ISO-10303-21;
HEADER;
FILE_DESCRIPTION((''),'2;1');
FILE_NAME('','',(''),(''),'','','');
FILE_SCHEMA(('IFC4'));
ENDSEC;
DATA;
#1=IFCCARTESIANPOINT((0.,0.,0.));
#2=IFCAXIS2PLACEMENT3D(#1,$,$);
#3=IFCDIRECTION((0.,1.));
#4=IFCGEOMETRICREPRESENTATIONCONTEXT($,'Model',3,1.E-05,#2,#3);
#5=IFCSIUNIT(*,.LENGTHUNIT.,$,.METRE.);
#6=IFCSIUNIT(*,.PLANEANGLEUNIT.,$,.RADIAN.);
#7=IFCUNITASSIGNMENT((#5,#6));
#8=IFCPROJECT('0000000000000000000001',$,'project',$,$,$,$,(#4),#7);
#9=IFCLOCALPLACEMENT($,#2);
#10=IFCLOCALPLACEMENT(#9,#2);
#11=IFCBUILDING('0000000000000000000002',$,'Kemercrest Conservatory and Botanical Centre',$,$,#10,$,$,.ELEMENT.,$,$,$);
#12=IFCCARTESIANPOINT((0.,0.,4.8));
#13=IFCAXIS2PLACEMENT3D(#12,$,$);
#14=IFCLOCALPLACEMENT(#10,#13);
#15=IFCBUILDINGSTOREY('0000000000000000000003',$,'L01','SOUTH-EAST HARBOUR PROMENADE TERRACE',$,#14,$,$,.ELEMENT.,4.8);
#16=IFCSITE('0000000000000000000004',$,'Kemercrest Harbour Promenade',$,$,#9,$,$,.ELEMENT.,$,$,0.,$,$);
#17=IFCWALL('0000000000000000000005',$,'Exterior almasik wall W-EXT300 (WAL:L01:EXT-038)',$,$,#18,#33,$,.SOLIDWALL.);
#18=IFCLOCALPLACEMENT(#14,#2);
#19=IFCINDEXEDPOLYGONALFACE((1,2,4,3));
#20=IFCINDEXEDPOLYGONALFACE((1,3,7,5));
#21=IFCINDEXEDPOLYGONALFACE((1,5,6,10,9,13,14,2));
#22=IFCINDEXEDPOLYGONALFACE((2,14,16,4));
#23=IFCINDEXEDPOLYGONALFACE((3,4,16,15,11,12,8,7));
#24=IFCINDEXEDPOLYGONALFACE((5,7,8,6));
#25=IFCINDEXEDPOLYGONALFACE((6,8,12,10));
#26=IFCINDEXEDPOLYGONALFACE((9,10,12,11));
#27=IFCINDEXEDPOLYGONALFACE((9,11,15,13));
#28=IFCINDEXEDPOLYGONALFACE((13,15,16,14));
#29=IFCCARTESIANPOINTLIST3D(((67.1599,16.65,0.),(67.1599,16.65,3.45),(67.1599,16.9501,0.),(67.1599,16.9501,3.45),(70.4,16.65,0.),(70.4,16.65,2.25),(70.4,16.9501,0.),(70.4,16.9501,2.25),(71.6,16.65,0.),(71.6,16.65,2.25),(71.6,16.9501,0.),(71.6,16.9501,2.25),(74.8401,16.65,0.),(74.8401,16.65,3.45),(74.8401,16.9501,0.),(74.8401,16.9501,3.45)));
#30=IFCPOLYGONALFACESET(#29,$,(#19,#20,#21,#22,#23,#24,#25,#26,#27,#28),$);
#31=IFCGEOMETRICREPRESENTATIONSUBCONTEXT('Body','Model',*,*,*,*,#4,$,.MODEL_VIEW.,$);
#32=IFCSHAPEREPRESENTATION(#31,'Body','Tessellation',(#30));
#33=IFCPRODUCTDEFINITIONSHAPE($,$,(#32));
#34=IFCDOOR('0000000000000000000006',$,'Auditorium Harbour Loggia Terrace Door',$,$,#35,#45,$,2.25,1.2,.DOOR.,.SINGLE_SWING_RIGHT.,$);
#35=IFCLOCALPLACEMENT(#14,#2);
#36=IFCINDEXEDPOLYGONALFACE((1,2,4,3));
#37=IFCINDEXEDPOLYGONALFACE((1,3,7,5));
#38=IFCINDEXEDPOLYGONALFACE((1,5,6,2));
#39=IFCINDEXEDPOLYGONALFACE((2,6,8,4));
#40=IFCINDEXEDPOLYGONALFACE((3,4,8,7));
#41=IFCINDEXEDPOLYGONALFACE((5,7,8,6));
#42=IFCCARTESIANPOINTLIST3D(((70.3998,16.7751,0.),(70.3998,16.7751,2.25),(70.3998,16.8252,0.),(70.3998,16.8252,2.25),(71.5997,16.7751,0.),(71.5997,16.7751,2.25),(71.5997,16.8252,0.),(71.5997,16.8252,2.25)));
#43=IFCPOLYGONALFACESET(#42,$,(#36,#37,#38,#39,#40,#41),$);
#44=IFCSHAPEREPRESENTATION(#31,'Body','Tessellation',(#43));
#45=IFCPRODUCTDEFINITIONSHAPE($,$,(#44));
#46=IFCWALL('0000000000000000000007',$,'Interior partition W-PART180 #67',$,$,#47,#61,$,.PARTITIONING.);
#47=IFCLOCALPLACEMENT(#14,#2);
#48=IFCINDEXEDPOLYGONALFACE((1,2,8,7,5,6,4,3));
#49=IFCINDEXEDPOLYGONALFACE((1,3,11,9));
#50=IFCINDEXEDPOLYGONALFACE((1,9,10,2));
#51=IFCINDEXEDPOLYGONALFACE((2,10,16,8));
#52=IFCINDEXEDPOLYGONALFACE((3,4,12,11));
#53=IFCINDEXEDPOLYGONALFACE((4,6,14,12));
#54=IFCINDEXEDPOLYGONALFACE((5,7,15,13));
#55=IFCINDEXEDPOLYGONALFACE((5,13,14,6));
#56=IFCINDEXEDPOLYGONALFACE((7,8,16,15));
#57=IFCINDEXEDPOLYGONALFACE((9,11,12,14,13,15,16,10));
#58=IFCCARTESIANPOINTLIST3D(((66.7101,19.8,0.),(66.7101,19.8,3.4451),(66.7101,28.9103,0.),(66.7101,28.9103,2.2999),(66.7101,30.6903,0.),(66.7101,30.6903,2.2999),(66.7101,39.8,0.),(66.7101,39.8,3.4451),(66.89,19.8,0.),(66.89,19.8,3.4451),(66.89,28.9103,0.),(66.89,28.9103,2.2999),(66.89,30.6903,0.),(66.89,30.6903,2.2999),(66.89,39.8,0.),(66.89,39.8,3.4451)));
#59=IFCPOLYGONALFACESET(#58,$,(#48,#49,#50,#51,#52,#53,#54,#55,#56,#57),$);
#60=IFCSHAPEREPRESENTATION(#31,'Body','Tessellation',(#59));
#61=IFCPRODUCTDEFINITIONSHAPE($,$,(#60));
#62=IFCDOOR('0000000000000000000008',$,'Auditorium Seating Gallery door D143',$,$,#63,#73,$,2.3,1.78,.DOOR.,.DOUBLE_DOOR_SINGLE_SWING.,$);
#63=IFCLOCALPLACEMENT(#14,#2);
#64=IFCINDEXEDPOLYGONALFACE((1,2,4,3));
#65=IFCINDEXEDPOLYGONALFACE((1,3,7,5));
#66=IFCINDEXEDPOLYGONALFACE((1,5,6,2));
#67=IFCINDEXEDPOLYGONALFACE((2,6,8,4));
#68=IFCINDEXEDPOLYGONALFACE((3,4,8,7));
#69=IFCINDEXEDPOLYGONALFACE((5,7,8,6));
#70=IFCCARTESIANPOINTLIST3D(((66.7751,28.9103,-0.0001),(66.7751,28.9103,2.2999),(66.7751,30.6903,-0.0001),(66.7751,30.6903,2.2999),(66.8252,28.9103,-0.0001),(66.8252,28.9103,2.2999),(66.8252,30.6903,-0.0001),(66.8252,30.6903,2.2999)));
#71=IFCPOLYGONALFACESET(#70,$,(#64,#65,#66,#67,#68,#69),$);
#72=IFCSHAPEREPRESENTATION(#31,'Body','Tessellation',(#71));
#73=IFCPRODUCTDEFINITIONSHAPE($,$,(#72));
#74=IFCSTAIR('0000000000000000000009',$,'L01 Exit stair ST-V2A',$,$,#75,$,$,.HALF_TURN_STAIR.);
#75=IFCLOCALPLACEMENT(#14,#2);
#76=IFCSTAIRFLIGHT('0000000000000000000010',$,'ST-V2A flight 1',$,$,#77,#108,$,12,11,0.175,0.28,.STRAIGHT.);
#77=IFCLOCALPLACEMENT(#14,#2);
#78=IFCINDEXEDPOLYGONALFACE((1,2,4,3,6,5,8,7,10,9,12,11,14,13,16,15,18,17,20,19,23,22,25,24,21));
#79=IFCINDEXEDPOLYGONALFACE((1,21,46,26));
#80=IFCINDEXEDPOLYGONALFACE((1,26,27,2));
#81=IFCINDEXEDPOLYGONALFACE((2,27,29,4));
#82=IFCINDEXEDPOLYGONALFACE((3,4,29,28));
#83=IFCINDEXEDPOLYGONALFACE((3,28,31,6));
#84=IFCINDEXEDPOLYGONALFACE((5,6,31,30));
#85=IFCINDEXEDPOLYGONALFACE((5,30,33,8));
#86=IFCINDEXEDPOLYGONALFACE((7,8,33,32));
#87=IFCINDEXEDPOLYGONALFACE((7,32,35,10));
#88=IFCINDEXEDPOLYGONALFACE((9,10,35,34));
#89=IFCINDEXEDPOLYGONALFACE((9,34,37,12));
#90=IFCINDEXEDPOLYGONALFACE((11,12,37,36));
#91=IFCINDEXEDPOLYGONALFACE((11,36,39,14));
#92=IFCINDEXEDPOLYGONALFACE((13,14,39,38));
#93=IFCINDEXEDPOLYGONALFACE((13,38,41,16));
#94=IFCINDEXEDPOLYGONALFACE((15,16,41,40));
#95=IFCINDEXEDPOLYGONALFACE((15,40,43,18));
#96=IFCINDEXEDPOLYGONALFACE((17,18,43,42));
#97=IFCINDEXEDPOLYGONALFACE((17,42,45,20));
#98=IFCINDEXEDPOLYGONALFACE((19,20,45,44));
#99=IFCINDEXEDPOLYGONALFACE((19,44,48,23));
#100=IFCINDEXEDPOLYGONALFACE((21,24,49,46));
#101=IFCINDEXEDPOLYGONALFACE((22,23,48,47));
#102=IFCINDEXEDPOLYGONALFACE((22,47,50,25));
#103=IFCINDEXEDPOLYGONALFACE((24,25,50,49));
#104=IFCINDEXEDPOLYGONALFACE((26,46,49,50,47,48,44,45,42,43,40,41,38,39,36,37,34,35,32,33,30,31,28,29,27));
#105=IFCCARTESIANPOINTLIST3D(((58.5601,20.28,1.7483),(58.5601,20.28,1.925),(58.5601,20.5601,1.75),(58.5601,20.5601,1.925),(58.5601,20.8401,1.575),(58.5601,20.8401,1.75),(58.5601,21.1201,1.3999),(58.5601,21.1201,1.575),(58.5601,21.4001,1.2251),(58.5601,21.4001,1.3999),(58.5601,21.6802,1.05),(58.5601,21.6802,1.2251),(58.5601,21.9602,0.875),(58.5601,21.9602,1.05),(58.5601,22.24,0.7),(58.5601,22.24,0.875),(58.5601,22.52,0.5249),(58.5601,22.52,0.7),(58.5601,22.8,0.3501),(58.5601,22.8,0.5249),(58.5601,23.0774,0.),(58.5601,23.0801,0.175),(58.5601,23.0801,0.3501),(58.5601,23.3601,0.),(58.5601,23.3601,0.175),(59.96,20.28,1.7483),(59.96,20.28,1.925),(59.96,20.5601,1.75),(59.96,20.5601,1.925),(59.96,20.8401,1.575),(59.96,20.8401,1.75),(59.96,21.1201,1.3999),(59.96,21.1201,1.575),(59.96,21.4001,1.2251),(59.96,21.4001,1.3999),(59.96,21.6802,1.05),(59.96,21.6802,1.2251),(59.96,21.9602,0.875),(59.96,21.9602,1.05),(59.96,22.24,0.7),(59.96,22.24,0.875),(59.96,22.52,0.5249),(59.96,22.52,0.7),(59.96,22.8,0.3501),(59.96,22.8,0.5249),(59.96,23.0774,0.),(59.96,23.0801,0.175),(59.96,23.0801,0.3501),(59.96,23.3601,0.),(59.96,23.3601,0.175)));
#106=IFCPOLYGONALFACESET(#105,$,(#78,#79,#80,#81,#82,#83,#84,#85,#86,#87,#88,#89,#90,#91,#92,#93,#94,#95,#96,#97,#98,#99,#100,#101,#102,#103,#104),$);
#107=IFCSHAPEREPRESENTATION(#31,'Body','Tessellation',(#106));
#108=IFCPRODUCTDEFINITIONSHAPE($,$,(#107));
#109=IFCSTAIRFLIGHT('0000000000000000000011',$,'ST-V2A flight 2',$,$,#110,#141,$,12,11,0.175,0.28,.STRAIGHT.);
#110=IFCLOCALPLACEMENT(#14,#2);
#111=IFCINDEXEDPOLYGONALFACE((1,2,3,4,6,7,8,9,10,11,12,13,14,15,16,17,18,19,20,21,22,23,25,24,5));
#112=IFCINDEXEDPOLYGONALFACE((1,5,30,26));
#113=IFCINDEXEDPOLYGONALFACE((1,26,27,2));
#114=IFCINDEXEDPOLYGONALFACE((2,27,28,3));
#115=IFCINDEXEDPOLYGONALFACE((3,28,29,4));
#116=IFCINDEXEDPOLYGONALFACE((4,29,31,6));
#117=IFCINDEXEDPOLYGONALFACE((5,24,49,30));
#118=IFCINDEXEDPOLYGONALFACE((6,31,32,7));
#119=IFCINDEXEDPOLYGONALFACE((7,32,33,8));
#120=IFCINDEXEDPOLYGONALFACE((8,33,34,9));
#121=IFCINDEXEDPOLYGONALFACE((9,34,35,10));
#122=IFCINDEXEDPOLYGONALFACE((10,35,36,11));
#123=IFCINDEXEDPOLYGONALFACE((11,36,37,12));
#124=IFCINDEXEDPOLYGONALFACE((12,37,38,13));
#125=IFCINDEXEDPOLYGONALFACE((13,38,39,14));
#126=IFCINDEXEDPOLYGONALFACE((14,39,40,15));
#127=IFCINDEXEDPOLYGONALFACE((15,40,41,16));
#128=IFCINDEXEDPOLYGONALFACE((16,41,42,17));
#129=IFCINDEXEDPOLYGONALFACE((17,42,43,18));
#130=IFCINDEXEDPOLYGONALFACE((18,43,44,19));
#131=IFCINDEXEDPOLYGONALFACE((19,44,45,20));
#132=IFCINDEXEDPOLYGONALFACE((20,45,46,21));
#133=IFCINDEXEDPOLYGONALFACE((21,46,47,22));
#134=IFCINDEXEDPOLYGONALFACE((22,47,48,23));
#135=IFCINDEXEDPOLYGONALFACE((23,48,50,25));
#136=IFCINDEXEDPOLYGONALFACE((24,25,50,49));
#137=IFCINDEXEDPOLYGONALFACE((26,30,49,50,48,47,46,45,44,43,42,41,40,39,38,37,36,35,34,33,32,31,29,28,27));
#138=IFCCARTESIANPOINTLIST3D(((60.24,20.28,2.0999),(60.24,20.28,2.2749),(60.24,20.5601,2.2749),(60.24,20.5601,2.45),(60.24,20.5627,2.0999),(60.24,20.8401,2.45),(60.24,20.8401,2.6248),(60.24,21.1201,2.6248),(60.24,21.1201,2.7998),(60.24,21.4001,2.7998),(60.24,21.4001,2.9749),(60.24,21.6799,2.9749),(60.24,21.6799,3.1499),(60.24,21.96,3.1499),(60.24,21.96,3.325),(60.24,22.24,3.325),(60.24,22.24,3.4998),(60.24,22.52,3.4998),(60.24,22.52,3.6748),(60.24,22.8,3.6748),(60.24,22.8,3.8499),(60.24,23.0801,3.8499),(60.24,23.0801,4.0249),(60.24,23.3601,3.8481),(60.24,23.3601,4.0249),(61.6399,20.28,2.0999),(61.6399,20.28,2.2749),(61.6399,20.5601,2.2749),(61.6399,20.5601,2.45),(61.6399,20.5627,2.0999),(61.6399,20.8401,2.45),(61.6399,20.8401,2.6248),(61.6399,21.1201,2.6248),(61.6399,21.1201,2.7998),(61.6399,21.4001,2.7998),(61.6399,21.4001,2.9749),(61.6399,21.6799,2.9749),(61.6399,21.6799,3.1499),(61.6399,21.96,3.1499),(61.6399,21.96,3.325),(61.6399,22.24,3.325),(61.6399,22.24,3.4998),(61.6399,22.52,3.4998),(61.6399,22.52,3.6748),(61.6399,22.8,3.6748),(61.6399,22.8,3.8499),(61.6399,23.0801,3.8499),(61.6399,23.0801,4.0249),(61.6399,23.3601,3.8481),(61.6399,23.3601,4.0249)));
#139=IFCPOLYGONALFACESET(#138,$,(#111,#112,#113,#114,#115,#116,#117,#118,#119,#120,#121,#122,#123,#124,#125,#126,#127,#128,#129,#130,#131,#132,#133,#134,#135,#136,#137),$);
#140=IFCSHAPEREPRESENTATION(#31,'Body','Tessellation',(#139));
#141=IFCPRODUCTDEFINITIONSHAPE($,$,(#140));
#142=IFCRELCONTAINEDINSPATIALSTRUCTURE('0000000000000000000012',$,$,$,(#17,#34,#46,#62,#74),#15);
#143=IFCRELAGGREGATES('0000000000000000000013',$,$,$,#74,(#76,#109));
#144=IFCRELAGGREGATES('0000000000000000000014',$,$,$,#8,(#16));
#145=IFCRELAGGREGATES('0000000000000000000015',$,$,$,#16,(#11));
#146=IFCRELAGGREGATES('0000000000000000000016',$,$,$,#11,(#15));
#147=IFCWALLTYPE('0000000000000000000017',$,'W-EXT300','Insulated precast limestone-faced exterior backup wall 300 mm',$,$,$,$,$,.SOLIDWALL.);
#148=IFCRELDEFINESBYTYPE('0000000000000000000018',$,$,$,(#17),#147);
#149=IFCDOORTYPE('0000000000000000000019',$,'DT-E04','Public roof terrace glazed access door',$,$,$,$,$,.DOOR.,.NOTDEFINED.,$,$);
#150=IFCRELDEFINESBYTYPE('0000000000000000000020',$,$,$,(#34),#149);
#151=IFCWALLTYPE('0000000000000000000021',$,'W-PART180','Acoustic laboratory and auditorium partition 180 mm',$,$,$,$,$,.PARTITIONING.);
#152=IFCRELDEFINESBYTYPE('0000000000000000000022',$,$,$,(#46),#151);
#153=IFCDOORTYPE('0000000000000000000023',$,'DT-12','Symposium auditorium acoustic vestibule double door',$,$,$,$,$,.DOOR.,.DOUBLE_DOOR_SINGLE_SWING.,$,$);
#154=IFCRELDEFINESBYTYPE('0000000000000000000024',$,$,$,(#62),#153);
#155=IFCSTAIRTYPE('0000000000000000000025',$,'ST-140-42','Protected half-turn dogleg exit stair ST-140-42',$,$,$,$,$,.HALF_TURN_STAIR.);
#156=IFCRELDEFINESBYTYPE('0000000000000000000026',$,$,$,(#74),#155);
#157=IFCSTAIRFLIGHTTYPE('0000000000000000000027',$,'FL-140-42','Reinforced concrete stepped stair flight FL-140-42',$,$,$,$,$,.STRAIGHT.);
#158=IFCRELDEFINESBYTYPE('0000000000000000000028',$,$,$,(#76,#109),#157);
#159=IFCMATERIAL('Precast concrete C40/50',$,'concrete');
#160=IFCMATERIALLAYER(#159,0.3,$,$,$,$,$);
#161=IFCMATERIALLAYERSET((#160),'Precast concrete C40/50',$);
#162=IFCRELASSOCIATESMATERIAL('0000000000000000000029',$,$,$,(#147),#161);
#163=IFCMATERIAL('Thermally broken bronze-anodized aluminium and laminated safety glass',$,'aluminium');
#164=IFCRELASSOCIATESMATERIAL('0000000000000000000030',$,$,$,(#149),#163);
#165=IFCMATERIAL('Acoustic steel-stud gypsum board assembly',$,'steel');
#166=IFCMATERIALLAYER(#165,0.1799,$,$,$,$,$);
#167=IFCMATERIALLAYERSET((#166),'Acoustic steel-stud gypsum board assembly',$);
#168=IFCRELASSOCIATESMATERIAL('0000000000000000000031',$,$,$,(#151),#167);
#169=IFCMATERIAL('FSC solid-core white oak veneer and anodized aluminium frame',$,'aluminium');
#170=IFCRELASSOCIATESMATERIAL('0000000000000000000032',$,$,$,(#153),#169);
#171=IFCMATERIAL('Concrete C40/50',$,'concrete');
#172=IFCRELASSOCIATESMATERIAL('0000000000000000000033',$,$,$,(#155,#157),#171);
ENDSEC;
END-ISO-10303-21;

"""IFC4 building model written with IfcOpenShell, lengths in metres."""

from ifc_helpers import new_model, si_unit, direction, frame, frame_2d, origin, place, context, subcontext, project, spatial, polyline, rectangle, outline, extrude, material, layer, layer_set, type_object, element, fill, aggregate, save


model = new_model("IFC4")

# Units and contexts
model_context = context("Model", 3, precision=1e-05, world=origin(), true_north=direction((0.0, 1.0)))
body_context = subcontext(model_context, "Body", "Model", "MODEL_VIEW")
ifc_project = project(units=[si_unit("LENGTHUNIT", "METRE"), si_unit("PLANEANGLEUNIT", "RADIAN")], contexts=[model_context])

# Site, building, storey
site_placement = place(None, origin())
site = spatial("IfcSite", under=ifc_project, at=site_placement, Name="Kemercrest Harbour Promenade", CompositionType="ELEMENT", RefElevation=0.0)
building_placement = place(site_placement, origin())
building = spatial("IfcBuilding", under=site, at=building_placement, Name="Kemercrest Conservatory and Botanical Centre", CompositionType="ELEMENT")
storey_placement = place(building_placement, frame((0.0, 0.0, 4.8)))
storey = spatial("IfcBuildingStorey", under=building, at=storey_placement, Name="L01", Description="SOUTH-EAST HARBOUR PROMENADE TERRACE", CompositionType="ELEMENT", Elevation=4.8)

# Shared definitions
ifc_material_1 = material(Name="Concrete C40/50", Category="concrete")

# Shared definitions
ifc_material_2 = material(Name="Precast concrete C40/50", Category="concrete")

# Walls, openings, doors
ifc_layer_1 = layer(ifc_material_2, 0.3)
ifc_layer_set_1 = layer_set([ifc_layer_1], Name="Precast concrete C40/50")
wall_type_1 = type_object("IfcWallType", Name="W-EXT300", Description="Insulated precast limestone-faced exterior backup wall 300 mm", PredefinedType="SOLIDWALL", material=ifc_layer_set_1)
wall_1_placement = place(storey_placement, frame((67.1599, 16.8, 0.0), z_axis=(0.0, 0.0, 1.0), x_axis=(1.0, 0.0, 0.0)))
wall_1 = element("IfcWall", 1, at=wall_1_placement, inside=storey, type_object=wall_type_1, Name="Exterior almasik wall W-EXT300 (WAL:L01:EXT-038)", PredefinedType="SOLIDWALL", context=body_context, shape_type="SweptSolid", body=[
    extrude(rectangle(XDim=7.6802, YDim=0.3, at=frame_2d((3.8401, 0.0))), origin(), (0.0, 0.0, 1.0), 3.45),
])
opening_1_placement = place(wall_1_placement, frame((3.24, 0.0, 0.0)))
opening_1 = element("IfcOpeningElement", 2, at=opening_1_placement, cuts=wall_1, PredefinedType="OPENING", context=body_context, shape_type="SweptSolid", body=[
    extrude(rectangle(XDim=1.2, YDim=2.25, at=frame_2d((0.6001, 1.125))), frame((0.0, 0.1602, 0.0), z_axis=(0.0, -1.0, 0.0), x_axis=(1.0, 0.0, 0.0)), (0.0, 0.0, 1.0), 0.3201),
])
ifc_material_3 = material(Name="Thermally broken bronze-anodized aluminium and laminated safety glass", Category="aluminium")
door_type_1 = type_object("IfcDoorType", Name="DT-E04", Description="Public roof terrace glazed access door", OperationType="NOTDEFINED", PredefinedType="DOOR", material=ifc_material_3)
door_1_placement = place(opening_1_placement, frame((1.2, 0.0, 0.0), z_axis=(0.0, 0.0, 1.0), x_axis=(-1.0, 0.0, 0.0)))
door_1 = element("IfcDoor", 3, at=door_1_placement, inside=storey, type_object=door_type_1, Name="Auditorium Harbour Loggia Terrace Door", OperationType="SINGLE_SWING_RIGHT", OverallHeight=2.25, OverallWidth=1.2, PredefinedType="DOOR", context=body_context, shape_type="SweptSolid", body=[
    extrude(rectangle(XDim=1.2, YDim=2.25, at=frame_2d((0.6001, 1.125))), frame((0.0, 0.0249, 0.0), z_axis=(0.0, -1.0, 0.0), x_axis=(1.0, 0.0, 0.0)), (0.0, 0.0, 1.0), 0.05),
])
fill(opening_1, door_1)
ifc_material_4 = material(Name="Acoustic steel-stud gypsum board assembly", Category="steel")
ifc_layer_2 = layer(ifc_material_4, 0.1799)
ifc_layer_set_2 = layer_set([ifc_layer_2], Name="Acoustic steel-stud gypsum board assembly")
wall_type_2 = type_object("IfcWallType", Name="W-PART180", Description="Acoustic laboratory and auditorium partition 180 mm", PredefinedType="PARTITIONING", material=ifc_layer_set_2)
wall_2_placement = place(storey_placement, frame((66.8, 19.8, 0.0), z_axis=(0.0, 0.0, 1.0), x_axis=(0.0, 1.0, 0.0)))
wall_2 = element("IfcWall", 4, at=wall_2_placement, inside=storey, type_object=wall_type_2, Name="Interior partition W-PART180 #67", PredefinedType="PARTITIONING", context=body_context, shape_type="SweptSolid", body=[
    extrude(rectangle(XDim=20.0, YDim=0.1799, at=frame_2d((10.0, 0.0))), origin(), (0.0, 0.0, 1.0), 3.4451),
])
opening_2_placement = place(wall_2_placement, frame((9.1101, 0.0, 0.0)))
opening_2 = element("IfcOpeningElement", 5, at=opening_2_placement, cuts=wall_2, PredefinedType="OPENING", context=body_context, shape_type="SweptSolid", body=[
    extrude(rectangle(XDim=1.78, YDim=2.3, at=frame_2d((0.8901, 1.1499))), frame((0.0, 0.1001, 0.0), z_axis=(0.0, -1.0, 0.0), x_axis=(1.0, 0.0, 0.0)), (0.0, 0.0, 1.0), 0.2),
])
ifc_material_5 = material(Name="FSC solid-core white oak veneer and anodized aluminium frame", Category="aluminium")
door_type_2 = type_object("IfcDoorType", Name="DT-12", Description="Symposium auditorium acoustic vestibule double door", OperationType="DOUBLE_DOOR_SINGLE_SWING", PredefinedType="DOOR", material=ifc_material_5)
door_2_placement = place(opening_2_placement, origin())
door_2 = element("IfcDoor", 6, at=door_2_placement, inside=storey, type_object=door_type_2, Name="Auditorium Seating Gallery door D143", OperationType="DOUBLE_DOOR_SINGLE_SWING", OverallHeight=2.3, OverallWidth=1.78, PredefinedType="DOOR", context=body_context, shape_type="SweptSolid", body=[
    extrude(rectangle(XDim=1.78, YDim=2.3, at=frame_2d((0.8901, 1.1499))), frame((0.0, 0.0249, 0.0), z_axis=(0.0, -1.0, 0.0), x_axis=(1.0, 0.0, 0.0)), (0.0, 0.0, 1.0), 0.05),
])
fill(opening_2, door_2)

# Stair, stair flights
stair_type = type_object("IfcStairType", Name="ST-140-42", Description="Protected half-turn dogleg exit stair ST-140-42", PredefinedType="HALF_TURN_STAIR", material=ifc_material_1)
stair_placement = place(storey_placement, origin())
stair = element("IfcStair", 7, at=stair_placement, inside=storey, type_object=stair_type, Name="L01 Exit stair ST-V2A", PredefinedType="HALF_TURN_STAIR")
stair_flight_type = type_object("IfcStairFlightType", Name="FL-140-42", Description="Reinforced concrete stepped stair flight FL-140-42", PredefinedType="STRAIGHT", material=ifc_material_1)
stair_flight_1_placement = place(storey_placement, frame((59.26, 23.3601, 0.0), z_axis=(0.0, 0.0, 1.0), x_axis=(0.0, -1.0, 0.0)))
stair_flight_1 = element("IfcStairFlight", 8, at=stair_flight_1_placement, type_object=stair_flight_type, Name="ST-V2A flight 1", NumberOfRisers=12, NumberOfTreads=11, PredefinedType="STRAIGHT", RiserHeight=0.175, TreadLength=0.28, context=body_context, shape_type="SweptSolid", body=[
    extrude(outline(polyline([(0.0, 0.0), (0.0, 0.175), (0.28, 0.175), (0.28, 0.3501), (0.5601, 0.3501), (0.5601, 0.5249), (0.8401, 0.5249), (0.8401, 0.7), (1.1201, 0.7), (1.1201, 0.875), (1.3999, 0.875), (1.3999, 1.05), (1.6799, 1.05), (1.6799, 1.2251), (1.96, 1.2251), (1.96, 1.3999), (2.24, 1.3999), (2.24, 1.575), (2.52, 1.575), (2.52, 1.75), (2.8, 1.75), (2.8, 1.925), (3.0801, 1.925), (3.0801, 2.1001), (3.0801, 1.7483), (0.2827, 0.0), (0.0, 0.0)])), frame((0.0, 0.7, 0.0), z_axis=(0.0, -1.0, 0.0), x_axis=(1.0, 0.0, 0.0)), (0.0, 0.0, 1.0), 1.3999),
])
stair_flight_2_placement = place(storey_placement, frame((60.9399, 20.28, 2.0999), z_axis=(0.0, 0.0, 1.0), x_axis=(0.0, 1.0, 0.0)))
stair_flight_2 = element("IfcStairFlight", 9, at=stair_flight_2_placement, type_object=stair_flight_type, Name="ST-V2A flight 2", NumberOfRisers=12, NumberOfTreads=11, PredefinedType="STRAIGHT", RiserHeight=0.175, TreadLength=0.28, context=body_context, shape_type="SweptSolid", body=[
    extrude(outline(polyline([(0.0, 0.0), (0.0, 0.175), (0.28, 0.175), (0.28, 0.3501), (0.5601, 0.3501), (0.5601, 0.5249), (0.8401, 0.5249), (0.8401, 0.7), (1.1201, 0.7), (1.1201, 0.875), (1.3999, 0.875), (1.3999, 1.05), (1.6799, 1.05), (1.6799, 1.2251), (1.96, 1.2251), (1.96, 1.3999), (2.24, 1.3999), (2.24, 1.575), (2.52, 1.575), (2.52, 1.75), (2.8, 1.75), (2.8, 1.925), (3.0801, 1.925), (3.0801, 2.1001), (3.0801, 1.7483), (0.2827, 0.0), (0.0, 0.0)])), frame((0.0, 0.7, 0.0), z_axis=(0.0, -1.0, 0.0), x_axis=(1.0, 0.0, 0.0)), (0.0, 0.0, 1.0), 1.3999),
])
aggregate(stair, [stair_flight_1, stair_flight_2])

save(model, "model.ifc")
